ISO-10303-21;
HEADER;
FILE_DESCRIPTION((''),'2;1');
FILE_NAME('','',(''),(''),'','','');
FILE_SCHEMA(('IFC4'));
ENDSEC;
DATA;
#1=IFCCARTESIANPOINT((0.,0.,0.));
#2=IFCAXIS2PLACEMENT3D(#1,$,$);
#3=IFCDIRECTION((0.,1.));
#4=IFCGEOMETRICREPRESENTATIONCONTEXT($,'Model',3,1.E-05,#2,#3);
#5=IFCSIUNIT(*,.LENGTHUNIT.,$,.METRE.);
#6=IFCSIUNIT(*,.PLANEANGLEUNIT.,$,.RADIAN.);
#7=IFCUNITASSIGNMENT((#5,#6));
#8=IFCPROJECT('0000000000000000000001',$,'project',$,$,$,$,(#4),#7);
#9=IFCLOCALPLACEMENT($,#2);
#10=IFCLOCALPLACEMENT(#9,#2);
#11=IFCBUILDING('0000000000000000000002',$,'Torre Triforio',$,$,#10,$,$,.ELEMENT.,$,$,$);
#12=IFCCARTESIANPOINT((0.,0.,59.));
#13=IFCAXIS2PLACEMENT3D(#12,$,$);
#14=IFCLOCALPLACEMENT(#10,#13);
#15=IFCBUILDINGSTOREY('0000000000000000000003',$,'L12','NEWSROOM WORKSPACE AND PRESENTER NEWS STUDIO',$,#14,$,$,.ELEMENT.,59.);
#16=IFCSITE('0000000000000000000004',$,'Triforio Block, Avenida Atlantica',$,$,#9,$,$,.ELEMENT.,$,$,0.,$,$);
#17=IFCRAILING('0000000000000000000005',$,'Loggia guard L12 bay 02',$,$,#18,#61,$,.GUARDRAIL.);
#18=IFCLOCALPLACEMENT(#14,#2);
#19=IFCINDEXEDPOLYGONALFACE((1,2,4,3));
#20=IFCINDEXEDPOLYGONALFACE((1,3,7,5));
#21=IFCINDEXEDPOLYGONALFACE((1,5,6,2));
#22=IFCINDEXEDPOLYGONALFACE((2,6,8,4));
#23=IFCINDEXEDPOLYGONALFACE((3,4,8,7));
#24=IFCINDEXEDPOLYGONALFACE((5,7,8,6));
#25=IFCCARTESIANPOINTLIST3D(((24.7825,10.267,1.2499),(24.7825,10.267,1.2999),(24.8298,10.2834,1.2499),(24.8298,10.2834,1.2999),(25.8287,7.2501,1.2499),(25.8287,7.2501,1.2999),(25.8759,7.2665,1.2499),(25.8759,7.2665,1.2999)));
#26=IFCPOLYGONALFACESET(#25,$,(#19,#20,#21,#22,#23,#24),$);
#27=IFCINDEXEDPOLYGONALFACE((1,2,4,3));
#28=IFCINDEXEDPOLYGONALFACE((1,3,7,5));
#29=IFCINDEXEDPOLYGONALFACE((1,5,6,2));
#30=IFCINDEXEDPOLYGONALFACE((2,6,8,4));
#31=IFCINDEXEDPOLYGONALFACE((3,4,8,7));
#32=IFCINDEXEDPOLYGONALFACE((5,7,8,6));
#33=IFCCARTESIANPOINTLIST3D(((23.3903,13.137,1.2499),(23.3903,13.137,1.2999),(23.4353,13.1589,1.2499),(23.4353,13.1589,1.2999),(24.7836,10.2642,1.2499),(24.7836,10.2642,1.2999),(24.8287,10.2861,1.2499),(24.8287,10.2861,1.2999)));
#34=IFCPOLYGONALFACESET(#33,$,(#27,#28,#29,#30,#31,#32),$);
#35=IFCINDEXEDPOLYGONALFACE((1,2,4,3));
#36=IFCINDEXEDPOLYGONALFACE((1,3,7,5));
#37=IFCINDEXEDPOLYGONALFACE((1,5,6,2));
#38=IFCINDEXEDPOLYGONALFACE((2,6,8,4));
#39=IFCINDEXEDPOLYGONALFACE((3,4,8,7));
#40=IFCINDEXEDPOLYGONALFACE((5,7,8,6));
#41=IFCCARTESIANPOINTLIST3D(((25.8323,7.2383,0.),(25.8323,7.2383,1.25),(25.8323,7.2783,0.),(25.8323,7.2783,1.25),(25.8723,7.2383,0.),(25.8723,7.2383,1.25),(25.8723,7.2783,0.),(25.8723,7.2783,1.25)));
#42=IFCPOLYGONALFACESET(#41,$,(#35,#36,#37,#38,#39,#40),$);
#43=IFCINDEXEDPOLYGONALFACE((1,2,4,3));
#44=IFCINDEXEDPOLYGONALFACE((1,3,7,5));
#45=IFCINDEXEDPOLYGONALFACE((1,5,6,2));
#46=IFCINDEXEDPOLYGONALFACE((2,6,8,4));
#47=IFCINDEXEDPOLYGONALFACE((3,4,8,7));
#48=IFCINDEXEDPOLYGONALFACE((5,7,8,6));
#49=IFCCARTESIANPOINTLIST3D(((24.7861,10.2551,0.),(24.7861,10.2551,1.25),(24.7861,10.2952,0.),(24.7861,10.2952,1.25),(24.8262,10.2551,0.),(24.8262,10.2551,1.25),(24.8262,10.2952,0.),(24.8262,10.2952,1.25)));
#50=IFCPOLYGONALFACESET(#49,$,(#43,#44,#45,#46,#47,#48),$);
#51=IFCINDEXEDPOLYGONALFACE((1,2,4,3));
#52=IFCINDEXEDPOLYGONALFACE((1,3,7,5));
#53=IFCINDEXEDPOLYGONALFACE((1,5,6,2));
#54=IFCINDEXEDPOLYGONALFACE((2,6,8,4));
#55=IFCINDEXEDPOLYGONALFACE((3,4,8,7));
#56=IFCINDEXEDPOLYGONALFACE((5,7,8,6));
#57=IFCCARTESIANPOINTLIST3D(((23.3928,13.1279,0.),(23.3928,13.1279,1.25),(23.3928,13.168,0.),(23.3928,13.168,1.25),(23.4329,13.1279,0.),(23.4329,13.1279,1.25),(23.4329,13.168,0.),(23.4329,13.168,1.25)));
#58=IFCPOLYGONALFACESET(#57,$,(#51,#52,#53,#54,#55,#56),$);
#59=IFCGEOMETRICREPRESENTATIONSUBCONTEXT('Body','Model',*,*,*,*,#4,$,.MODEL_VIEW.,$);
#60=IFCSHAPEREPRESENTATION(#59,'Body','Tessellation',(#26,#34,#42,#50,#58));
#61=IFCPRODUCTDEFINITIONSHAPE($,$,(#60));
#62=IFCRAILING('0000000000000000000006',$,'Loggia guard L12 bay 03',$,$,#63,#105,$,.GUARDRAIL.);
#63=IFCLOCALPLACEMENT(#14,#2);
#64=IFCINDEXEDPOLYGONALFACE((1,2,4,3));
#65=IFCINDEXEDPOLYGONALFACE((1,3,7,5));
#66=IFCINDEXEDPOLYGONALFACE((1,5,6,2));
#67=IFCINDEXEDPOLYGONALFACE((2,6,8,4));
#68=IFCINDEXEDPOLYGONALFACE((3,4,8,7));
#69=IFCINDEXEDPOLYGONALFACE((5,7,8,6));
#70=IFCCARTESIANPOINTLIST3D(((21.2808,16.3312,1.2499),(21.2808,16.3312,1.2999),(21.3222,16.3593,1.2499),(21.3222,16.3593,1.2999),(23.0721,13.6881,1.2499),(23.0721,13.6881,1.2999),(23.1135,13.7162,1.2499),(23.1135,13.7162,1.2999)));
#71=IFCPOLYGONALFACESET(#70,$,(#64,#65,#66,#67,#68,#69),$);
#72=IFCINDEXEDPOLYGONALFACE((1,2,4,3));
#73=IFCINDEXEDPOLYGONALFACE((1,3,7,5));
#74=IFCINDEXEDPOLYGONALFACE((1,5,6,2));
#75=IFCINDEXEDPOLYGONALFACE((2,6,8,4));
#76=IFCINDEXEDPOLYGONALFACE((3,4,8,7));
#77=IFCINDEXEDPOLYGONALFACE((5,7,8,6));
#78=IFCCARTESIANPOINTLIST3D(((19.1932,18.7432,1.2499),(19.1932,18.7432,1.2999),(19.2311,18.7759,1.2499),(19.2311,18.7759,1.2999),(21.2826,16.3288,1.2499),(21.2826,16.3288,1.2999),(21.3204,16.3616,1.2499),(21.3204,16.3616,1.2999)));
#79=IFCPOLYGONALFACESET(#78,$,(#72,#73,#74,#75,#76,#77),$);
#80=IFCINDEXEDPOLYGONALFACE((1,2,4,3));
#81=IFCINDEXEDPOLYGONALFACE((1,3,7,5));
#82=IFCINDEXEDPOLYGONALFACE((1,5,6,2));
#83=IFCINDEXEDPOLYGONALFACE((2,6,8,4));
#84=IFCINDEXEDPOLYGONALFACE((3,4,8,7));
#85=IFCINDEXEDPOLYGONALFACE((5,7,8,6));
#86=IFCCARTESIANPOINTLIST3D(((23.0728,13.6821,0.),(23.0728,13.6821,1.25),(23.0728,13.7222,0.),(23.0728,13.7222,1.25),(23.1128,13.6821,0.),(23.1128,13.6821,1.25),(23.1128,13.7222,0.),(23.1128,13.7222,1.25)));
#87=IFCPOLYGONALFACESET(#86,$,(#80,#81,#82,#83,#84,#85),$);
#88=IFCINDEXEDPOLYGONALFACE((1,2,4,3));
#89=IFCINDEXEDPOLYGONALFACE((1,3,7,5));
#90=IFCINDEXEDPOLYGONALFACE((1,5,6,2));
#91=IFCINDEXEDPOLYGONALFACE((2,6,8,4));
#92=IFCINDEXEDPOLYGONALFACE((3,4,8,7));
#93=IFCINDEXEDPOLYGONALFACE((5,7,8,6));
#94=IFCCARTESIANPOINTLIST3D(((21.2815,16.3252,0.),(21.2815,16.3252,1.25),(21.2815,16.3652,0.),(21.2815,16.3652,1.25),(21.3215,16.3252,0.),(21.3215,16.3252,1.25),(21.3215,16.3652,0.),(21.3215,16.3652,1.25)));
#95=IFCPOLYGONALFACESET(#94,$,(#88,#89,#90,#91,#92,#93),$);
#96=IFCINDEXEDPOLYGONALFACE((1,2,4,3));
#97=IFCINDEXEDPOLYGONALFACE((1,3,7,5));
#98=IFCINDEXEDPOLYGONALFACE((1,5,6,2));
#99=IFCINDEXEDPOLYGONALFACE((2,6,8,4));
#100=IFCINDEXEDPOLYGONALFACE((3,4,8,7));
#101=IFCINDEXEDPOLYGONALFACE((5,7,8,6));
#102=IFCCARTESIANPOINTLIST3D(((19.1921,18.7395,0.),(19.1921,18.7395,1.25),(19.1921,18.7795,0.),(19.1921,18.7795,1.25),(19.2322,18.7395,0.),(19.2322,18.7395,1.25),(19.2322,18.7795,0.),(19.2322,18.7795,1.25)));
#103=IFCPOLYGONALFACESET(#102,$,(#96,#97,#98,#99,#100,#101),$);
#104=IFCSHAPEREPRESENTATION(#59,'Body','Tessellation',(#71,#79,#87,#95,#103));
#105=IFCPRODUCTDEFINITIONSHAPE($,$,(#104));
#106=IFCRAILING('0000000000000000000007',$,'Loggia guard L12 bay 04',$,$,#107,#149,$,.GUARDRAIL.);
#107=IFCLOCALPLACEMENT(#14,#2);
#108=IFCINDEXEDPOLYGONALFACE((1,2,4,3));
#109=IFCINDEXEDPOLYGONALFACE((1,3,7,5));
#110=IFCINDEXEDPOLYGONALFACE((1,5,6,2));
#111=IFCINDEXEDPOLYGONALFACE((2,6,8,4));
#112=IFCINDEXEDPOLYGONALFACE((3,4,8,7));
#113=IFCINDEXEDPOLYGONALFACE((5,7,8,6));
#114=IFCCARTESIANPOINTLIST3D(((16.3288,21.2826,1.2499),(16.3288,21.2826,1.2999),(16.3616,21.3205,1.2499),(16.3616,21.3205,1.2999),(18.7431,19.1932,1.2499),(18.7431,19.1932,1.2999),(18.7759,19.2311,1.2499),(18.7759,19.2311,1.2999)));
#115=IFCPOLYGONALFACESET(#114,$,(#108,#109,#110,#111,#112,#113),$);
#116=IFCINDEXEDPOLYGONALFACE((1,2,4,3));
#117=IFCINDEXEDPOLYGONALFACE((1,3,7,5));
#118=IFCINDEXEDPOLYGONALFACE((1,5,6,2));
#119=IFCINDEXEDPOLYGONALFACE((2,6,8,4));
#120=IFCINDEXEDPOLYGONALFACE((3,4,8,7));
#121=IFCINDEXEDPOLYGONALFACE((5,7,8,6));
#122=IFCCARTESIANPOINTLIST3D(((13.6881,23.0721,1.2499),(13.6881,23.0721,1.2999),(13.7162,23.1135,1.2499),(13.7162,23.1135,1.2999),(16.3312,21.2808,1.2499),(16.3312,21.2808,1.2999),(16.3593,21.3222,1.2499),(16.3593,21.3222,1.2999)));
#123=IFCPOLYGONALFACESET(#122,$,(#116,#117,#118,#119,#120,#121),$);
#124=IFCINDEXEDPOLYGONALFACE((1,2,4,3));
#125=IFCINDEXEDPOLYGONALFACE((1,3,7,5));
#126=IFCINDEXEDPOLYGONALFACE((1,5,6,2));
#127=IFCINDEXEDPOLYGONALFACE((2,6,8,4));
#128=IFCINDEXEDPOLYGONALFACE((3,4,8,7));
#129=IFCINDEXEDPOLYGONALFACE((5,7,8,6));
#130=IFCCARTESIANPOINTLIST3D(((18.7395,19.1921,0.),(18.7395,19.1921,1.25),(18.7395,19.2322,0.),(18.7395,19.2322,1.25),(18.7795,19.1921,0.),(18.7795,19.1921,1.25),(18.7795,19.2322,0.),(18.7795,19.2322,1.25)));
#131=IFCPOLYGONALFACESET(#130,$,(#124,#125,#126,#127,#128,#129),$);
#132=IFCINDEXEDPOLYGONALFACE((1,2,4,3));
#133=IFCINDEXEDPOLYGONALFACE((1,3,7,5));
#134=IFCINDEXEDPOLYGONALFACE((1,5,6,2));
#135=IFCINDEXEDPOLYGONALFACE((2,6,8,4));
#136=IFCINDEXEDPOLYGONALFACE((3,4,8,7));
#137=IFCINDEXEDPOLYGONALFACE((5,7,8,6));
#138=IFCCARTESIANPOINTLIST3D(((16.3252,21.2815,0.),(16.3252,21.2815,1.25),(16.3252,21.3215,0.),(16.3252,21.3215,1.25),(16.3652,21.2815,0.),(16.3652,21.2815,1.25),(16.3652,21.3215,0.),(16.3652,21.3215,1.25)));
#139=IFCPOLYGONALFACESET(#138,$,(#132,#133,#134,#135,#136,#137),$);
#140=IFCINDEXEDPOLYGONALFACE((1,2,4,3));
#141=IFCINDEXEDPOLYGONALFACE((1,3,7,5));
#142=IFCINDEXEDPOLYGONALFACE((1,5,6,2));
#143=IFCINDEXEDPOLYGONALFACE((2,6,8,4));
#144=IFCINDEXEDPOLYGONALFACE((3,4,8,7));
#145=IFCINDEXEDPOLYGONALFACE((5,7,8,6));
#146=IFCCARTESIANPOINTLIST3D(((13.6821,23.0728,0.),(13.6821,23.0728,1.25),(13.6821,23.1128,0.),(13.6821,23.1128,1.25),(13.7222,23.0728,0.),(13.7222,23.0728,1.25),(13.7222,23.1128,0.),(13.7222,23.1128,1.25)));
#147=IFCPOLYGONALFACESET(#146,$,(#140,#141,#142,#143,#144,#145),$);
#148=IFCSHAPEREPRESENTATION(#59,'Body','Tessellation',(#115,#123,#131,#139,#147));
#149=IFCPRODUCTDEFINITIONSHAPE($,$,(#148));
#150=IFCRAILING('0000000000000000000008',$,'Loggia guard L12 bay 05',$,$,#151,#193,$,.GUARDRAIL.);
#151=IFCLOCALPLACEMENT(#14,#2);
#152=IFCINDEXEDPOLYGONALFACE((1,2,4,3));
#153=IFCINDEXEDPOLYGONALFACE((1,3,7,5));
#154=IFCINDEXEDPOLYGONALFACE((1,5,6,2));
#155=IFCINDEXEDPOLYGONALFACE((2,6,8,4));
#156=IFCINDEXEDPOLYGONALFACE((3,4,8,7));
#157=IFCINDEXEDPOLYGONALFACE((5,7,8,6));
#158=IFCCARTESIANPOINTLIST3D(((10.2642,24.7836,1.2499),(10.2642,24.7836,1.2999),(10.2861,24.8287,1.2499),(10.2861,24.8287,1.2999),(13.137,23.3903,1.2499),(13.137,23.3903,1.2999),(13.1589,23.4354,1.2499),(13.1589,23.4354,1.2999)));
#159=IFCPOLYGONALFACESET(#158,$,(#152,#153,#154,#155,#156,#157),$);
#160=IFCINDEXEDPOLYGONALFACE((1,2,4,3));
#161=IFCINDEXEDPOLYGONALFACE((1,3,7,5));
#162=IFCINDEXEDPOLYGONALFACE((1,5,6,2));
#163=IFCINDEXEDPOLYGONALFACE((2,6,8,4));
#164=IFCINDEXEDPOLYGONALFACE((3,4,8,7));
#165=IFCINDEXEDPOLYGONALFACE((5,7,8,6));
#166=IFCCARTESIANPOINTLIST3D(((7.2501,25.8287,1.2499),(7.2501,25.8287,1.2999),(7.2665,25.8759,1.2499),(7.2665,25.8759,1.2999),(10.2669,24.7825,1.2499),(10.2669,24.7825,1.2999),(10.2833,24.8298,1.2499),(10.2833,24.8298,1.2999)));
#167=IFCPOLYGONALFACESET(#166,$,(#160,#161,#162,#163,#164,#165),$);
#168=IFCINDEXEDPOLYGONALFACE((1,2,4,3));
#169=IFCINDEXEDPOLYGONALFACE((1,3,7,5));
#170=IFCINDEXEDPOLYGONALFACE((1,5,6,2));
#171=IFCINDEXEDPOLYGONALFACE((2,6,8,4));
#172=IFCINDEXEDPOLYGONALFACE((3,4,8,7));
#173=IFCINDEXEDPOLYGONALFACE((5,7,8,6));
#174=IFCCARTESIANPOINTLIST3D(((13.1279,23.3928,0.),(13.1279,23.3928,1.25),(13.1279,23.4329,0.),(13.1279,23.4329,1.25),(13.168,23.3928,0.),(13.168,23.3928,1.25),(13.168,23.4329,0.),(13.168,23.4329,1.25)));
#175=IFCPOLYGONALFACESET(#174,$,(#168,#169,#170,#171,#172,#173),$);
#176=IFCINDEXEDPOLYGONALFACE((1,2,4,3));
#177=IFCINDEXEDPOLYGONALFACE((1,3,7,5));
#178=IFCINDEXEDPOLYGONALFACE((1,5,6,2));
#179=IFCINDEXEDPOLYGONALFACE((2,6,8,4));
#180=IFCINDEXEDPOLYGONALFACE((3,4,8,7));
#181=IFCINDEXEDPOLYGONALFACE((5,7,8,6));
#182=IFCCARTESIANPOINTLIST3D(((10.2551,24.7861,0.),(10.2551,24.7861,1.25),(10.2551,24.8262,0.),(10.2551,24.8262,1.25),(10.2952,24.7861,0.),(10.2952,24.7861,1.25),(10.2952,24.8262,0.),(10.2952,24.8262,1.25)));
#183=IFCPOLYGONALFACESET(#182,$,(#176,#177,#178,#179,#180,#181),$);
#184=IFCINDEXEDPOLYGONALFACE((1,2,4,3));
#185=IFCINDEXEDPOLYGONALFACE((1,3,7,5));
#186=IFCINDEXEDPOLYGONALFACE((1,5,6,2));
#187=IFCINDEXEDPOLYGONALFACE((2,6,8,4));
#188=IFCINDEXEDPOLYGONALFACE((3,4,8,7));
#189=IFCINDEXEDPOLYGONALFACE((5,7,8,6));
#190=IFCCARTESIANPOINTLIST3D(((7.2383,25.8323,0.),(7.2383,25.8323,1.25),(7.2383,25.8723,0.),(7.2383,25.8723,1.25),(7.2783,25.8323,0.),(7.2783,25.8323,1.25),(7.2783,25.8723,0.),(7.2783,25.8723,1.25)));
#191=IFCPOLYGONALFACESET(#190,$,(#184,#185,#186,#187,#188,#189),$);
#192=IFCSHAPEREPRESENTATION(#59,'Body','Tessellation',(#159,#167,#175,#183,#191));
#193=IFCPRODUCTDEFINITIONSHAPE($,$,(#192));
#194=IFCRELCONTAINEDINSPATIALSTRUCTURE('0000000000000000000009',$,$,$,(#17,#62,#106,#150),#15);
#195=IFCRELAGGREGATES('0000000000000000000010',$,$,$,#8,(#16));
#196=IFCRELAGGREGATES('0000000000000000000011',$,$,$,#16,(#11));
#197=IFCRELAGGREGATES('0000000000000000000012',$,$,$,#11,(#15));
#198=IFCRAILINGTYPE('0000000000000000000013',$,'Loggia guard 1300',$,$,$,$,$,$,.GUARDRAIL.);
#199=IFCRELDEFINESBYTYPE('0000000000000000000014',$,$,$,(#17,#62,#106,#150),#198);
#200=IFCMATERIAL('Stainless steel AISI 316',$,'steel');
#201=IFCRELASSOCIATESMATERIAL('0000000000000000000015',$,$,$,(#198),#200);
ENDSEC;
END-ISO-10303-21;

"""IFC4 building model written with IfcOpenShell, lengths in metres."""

from ifc_helpers import new_model, si_unit, direction, frame, origin, origin_2d, place, context, subcontext, project, spatial, rectangle, extrude, material, type_object, element, save


model = new_model("IFC4")

# Units and contexts
model_context = context("Model", 3, precision=1e-05, world=origin(), true_north=direction((0.0, 1.0)))
body_context = subcontext(model_context, "Body", "Model", "MODEL_VIEW")
ifc_project = project(units=[si_unit("LENGTHUNIT", "METRE"), si_unit("PLANEANGLEUNIT", "RADIAN")], contexts=[model_context])

# Site, building, storey
site_placement = place(None, origin())
site = spatial("IfcSite", under=ifc_project, at=site_placement, Name="Triforio Block, Avenida Atlantica", CompositionType="ELEMENT", RefElevation=0.0)
building_placement = place(site_placement, origin())
building = spatial("IfcBuilding", under=site, at=building_placement, Name="Torre Triforio", CompositionType="ELEMENT")
storey_placement = place(building_placement, frame((0.0, 0.0, 59.0)))
storey = spatial("IfcBuildingStorey", under=building, at=storey_placement, Name="L12", Description="NEWSROOM WORKSPACE AND PRESENTER NEWS STUDIO", CompositionType="ELEMENT", Elevation=59.0)

# Railings
ifc_material_1 = material(Name="Stainless steel AISI 316", Category="steel")
railing_type = type_object("IfcRailingType", Name="Loggia guard 1300", PredefinedType="GUARDRAIL", material=ifc_material_1)
railing_1_placement = place(storey_placement, frame((25.8523, 7.2583, 0.0)))
element("IfcRailing", 1, at=railing_1_placement, inside=storey, type_object=railing_type, Name="Loggia guard L12 bay 02", PredefinedType="GUARDRAIL", context=body_context, shape_type="SweptSolid", body=[
    extrude(rectangle(XDim=0.05, YDim=0.05, at=origin_2d()), frame((0.0, 0.0, 1.2749), z_axis=(-0.327628, 0.944807, 0.0), x_axis=(-0.944807, -0.327628, 0.0)), (0.0, 0.0, 1.0), 3.1931),
    extrude(rectangle(XDim=0.05, YDim=0.05, at=origin_2d()), frame((-1.0461, 3.0168, 1.2749), z_axis=(-0.436384, 0.89976, 0.0), x_axis=(-0.89976, -0.436384, 0.0)), (0.0, 0.0, 1.0), 3.1929),
    extrude(rectangle(XDim=0.04, YDim=0.04, at=origin_2d()), origin(), (0.0, 0.0, 1.0), 1.25),
    extrude(rectangle(XDim=0.04, YDim=0.04, at=origin_2d()), frame((-1.0461, 3.0168, 0.0)), (0.0, 0.0, 1.0), 1.25),
    extrude(rectangle(XDim=0.04, YDim=0.04, at=origin_2d()), frame((-2.4395, 5.8896, 0.0)), (0.0, 0.0, 1.0), 1.25),
])
railing_2_placement = place(storey_placement, frame((23.0928, 13.7021, 0.0)))
element("IfcRailing", 2, at=railing_2_placement, inside=storey, type_object=railing_type, Name="Loggia guard L12 bay 03", PredefinedType="GUARDRAIL", context=body_context, shape_type="SweptSolid", body=[
    extrude(rectangle(XDim=0.05, YDim=0.05, at=origin_2d()), frame((0.0, 0.0, 1.2749), z_axis=(-0.561019, 0.827803, 0.0), x_axis=(-0.827803, -0.561019, 0.0)), (0.0, 0.0, 1.0), 3.1929),
    extrude(rectangle(XDim=0.05, YDim=0.05, at=origin_2d()), frame((-1.7913, 2.6431, 1.2749), z_axis=(-0.654386, 0.756161, 0.0), x_axis=(-0.756161, -0.654386, 0.0)), (0.0, 0.0, 1.0), 3.1929),
    extrude(rectangle(XDim=0.04, YDim=0.04, at=origin_2d()), origin(), (0.0, 0.0, 1.0), 1.25),
    extrude(rectangle(XDim=0.04, YDim=0.04, at=origin_2d()), frame((-1.7913, 2.6431, 0.0)), (0.0, 0.0, 1.0), 1.25),
    extrude(rectangle(XDim=0.04, YDim=0.04, at=origin_2d()), frame((-3.8806, 5.0574, 0.0)), (0.0, 0.0, 1.0), 1.25),
])
railing_3_placement = place(storey_placement, frame((18.7595, 19.2122, 0.0)))
element("IfcRailing", 3, at=railing_3_placement, inside=storey, type_object=railing_type, Name="Loggia guard L12 bay 04", PredefinedType="GUARDRAIL", context=body_context, shape_type="SweptSolid", body=[
    extrude(rectangle(XDim=0.05, YDim=0.05, at=origin_2d()), frame((0.0, 0.0, 1.2749), z_axis=(-0.756161, 0.654386, 0.0), x_axis=(-0.654386, -0.756161, 0.0)), (0.0, 0.0, 1.0), 3.1929),
    extrude(rectangle(XDim=0.05, YDim=0.05, at=origin_2d()), frame((-2.4143, 2.0894, 1.2749), z_axis=(-0.827803, 0.561019, 0.0), x_axis=(-0.561019, -0.827803, 0.0)), (0.0, 0.0, 1.0), 3.1929),
    extrude(rectangle(XDim=0.04, YDim=0.04, at=origin_2d()), origin(), (0.0, 0.0, 1.0), 1.25),
    extrude(rectangle(XDim=0.04, YDim=0.04, at=origin_2d()), frame((-2.4143, 2.0894, 0.0)), (0.0, 0.0, 1.0), 1.25),
    extrude(rectangle(XDim=0.04, YDim=0.04, at=origin_2d()), frame((-5.0574, 3.8806, 0.0)), (0.0, 0.0, 1.0), 1.25),
])
railing_4_placement = place(storey_placement, frame((13.1479, 23.4128, 0.0)))
element("IfcRailing", 4, at=railing_4_placement, inside=storey, type_object=railing_type, Name="Loggia guard L12 bay 05", PredefinedType="GUARDRAIL", context=body_context, shape_type="SweptSolid", body=[
    extrude(rectangle(XDim=0.05, YDim=0.05, at=origin_2d()), frame((0.0, 0.0, 1.2749), z_axis=(-0.89976, 0.436384, 0.0), x_axis=(-0.436384, -0.89976, 0.0)), (0.0, 0.0, 1.0), 3.1929),
    extrude(rectangle(XDim=0.05, YDim=0.05, at=origin_2d()), frame((-2.8728, 1.3933, 1.2749), z_axis=(-0.944807, 0.327628, 0.0), x_axis=(-0.327628, -0.944807, 0.0)), (0.0, 0.0, 1.0), 3.1931),
    extrude(rectangle(XDim=0.04, YDim=0.04, at=origin_2d()), origin(), (0.0, 0.0, 1.0), 1.25),
    extrude(rectangle(XDim=0.04, YDim=0.04, at=origin_2d()), frame((-2.8728, 1.3933, 0.0)), (0.0, 0.0, 1.0), 1.25),
    extrude(rectangle(XDim=0.04, YDim=0.04, at=origin_2d()), frame((-5.8896, 2.4395, 0.0)), (0.0, 0.0, 1.0), 1.25),
])

save(model, "model.ifc")
